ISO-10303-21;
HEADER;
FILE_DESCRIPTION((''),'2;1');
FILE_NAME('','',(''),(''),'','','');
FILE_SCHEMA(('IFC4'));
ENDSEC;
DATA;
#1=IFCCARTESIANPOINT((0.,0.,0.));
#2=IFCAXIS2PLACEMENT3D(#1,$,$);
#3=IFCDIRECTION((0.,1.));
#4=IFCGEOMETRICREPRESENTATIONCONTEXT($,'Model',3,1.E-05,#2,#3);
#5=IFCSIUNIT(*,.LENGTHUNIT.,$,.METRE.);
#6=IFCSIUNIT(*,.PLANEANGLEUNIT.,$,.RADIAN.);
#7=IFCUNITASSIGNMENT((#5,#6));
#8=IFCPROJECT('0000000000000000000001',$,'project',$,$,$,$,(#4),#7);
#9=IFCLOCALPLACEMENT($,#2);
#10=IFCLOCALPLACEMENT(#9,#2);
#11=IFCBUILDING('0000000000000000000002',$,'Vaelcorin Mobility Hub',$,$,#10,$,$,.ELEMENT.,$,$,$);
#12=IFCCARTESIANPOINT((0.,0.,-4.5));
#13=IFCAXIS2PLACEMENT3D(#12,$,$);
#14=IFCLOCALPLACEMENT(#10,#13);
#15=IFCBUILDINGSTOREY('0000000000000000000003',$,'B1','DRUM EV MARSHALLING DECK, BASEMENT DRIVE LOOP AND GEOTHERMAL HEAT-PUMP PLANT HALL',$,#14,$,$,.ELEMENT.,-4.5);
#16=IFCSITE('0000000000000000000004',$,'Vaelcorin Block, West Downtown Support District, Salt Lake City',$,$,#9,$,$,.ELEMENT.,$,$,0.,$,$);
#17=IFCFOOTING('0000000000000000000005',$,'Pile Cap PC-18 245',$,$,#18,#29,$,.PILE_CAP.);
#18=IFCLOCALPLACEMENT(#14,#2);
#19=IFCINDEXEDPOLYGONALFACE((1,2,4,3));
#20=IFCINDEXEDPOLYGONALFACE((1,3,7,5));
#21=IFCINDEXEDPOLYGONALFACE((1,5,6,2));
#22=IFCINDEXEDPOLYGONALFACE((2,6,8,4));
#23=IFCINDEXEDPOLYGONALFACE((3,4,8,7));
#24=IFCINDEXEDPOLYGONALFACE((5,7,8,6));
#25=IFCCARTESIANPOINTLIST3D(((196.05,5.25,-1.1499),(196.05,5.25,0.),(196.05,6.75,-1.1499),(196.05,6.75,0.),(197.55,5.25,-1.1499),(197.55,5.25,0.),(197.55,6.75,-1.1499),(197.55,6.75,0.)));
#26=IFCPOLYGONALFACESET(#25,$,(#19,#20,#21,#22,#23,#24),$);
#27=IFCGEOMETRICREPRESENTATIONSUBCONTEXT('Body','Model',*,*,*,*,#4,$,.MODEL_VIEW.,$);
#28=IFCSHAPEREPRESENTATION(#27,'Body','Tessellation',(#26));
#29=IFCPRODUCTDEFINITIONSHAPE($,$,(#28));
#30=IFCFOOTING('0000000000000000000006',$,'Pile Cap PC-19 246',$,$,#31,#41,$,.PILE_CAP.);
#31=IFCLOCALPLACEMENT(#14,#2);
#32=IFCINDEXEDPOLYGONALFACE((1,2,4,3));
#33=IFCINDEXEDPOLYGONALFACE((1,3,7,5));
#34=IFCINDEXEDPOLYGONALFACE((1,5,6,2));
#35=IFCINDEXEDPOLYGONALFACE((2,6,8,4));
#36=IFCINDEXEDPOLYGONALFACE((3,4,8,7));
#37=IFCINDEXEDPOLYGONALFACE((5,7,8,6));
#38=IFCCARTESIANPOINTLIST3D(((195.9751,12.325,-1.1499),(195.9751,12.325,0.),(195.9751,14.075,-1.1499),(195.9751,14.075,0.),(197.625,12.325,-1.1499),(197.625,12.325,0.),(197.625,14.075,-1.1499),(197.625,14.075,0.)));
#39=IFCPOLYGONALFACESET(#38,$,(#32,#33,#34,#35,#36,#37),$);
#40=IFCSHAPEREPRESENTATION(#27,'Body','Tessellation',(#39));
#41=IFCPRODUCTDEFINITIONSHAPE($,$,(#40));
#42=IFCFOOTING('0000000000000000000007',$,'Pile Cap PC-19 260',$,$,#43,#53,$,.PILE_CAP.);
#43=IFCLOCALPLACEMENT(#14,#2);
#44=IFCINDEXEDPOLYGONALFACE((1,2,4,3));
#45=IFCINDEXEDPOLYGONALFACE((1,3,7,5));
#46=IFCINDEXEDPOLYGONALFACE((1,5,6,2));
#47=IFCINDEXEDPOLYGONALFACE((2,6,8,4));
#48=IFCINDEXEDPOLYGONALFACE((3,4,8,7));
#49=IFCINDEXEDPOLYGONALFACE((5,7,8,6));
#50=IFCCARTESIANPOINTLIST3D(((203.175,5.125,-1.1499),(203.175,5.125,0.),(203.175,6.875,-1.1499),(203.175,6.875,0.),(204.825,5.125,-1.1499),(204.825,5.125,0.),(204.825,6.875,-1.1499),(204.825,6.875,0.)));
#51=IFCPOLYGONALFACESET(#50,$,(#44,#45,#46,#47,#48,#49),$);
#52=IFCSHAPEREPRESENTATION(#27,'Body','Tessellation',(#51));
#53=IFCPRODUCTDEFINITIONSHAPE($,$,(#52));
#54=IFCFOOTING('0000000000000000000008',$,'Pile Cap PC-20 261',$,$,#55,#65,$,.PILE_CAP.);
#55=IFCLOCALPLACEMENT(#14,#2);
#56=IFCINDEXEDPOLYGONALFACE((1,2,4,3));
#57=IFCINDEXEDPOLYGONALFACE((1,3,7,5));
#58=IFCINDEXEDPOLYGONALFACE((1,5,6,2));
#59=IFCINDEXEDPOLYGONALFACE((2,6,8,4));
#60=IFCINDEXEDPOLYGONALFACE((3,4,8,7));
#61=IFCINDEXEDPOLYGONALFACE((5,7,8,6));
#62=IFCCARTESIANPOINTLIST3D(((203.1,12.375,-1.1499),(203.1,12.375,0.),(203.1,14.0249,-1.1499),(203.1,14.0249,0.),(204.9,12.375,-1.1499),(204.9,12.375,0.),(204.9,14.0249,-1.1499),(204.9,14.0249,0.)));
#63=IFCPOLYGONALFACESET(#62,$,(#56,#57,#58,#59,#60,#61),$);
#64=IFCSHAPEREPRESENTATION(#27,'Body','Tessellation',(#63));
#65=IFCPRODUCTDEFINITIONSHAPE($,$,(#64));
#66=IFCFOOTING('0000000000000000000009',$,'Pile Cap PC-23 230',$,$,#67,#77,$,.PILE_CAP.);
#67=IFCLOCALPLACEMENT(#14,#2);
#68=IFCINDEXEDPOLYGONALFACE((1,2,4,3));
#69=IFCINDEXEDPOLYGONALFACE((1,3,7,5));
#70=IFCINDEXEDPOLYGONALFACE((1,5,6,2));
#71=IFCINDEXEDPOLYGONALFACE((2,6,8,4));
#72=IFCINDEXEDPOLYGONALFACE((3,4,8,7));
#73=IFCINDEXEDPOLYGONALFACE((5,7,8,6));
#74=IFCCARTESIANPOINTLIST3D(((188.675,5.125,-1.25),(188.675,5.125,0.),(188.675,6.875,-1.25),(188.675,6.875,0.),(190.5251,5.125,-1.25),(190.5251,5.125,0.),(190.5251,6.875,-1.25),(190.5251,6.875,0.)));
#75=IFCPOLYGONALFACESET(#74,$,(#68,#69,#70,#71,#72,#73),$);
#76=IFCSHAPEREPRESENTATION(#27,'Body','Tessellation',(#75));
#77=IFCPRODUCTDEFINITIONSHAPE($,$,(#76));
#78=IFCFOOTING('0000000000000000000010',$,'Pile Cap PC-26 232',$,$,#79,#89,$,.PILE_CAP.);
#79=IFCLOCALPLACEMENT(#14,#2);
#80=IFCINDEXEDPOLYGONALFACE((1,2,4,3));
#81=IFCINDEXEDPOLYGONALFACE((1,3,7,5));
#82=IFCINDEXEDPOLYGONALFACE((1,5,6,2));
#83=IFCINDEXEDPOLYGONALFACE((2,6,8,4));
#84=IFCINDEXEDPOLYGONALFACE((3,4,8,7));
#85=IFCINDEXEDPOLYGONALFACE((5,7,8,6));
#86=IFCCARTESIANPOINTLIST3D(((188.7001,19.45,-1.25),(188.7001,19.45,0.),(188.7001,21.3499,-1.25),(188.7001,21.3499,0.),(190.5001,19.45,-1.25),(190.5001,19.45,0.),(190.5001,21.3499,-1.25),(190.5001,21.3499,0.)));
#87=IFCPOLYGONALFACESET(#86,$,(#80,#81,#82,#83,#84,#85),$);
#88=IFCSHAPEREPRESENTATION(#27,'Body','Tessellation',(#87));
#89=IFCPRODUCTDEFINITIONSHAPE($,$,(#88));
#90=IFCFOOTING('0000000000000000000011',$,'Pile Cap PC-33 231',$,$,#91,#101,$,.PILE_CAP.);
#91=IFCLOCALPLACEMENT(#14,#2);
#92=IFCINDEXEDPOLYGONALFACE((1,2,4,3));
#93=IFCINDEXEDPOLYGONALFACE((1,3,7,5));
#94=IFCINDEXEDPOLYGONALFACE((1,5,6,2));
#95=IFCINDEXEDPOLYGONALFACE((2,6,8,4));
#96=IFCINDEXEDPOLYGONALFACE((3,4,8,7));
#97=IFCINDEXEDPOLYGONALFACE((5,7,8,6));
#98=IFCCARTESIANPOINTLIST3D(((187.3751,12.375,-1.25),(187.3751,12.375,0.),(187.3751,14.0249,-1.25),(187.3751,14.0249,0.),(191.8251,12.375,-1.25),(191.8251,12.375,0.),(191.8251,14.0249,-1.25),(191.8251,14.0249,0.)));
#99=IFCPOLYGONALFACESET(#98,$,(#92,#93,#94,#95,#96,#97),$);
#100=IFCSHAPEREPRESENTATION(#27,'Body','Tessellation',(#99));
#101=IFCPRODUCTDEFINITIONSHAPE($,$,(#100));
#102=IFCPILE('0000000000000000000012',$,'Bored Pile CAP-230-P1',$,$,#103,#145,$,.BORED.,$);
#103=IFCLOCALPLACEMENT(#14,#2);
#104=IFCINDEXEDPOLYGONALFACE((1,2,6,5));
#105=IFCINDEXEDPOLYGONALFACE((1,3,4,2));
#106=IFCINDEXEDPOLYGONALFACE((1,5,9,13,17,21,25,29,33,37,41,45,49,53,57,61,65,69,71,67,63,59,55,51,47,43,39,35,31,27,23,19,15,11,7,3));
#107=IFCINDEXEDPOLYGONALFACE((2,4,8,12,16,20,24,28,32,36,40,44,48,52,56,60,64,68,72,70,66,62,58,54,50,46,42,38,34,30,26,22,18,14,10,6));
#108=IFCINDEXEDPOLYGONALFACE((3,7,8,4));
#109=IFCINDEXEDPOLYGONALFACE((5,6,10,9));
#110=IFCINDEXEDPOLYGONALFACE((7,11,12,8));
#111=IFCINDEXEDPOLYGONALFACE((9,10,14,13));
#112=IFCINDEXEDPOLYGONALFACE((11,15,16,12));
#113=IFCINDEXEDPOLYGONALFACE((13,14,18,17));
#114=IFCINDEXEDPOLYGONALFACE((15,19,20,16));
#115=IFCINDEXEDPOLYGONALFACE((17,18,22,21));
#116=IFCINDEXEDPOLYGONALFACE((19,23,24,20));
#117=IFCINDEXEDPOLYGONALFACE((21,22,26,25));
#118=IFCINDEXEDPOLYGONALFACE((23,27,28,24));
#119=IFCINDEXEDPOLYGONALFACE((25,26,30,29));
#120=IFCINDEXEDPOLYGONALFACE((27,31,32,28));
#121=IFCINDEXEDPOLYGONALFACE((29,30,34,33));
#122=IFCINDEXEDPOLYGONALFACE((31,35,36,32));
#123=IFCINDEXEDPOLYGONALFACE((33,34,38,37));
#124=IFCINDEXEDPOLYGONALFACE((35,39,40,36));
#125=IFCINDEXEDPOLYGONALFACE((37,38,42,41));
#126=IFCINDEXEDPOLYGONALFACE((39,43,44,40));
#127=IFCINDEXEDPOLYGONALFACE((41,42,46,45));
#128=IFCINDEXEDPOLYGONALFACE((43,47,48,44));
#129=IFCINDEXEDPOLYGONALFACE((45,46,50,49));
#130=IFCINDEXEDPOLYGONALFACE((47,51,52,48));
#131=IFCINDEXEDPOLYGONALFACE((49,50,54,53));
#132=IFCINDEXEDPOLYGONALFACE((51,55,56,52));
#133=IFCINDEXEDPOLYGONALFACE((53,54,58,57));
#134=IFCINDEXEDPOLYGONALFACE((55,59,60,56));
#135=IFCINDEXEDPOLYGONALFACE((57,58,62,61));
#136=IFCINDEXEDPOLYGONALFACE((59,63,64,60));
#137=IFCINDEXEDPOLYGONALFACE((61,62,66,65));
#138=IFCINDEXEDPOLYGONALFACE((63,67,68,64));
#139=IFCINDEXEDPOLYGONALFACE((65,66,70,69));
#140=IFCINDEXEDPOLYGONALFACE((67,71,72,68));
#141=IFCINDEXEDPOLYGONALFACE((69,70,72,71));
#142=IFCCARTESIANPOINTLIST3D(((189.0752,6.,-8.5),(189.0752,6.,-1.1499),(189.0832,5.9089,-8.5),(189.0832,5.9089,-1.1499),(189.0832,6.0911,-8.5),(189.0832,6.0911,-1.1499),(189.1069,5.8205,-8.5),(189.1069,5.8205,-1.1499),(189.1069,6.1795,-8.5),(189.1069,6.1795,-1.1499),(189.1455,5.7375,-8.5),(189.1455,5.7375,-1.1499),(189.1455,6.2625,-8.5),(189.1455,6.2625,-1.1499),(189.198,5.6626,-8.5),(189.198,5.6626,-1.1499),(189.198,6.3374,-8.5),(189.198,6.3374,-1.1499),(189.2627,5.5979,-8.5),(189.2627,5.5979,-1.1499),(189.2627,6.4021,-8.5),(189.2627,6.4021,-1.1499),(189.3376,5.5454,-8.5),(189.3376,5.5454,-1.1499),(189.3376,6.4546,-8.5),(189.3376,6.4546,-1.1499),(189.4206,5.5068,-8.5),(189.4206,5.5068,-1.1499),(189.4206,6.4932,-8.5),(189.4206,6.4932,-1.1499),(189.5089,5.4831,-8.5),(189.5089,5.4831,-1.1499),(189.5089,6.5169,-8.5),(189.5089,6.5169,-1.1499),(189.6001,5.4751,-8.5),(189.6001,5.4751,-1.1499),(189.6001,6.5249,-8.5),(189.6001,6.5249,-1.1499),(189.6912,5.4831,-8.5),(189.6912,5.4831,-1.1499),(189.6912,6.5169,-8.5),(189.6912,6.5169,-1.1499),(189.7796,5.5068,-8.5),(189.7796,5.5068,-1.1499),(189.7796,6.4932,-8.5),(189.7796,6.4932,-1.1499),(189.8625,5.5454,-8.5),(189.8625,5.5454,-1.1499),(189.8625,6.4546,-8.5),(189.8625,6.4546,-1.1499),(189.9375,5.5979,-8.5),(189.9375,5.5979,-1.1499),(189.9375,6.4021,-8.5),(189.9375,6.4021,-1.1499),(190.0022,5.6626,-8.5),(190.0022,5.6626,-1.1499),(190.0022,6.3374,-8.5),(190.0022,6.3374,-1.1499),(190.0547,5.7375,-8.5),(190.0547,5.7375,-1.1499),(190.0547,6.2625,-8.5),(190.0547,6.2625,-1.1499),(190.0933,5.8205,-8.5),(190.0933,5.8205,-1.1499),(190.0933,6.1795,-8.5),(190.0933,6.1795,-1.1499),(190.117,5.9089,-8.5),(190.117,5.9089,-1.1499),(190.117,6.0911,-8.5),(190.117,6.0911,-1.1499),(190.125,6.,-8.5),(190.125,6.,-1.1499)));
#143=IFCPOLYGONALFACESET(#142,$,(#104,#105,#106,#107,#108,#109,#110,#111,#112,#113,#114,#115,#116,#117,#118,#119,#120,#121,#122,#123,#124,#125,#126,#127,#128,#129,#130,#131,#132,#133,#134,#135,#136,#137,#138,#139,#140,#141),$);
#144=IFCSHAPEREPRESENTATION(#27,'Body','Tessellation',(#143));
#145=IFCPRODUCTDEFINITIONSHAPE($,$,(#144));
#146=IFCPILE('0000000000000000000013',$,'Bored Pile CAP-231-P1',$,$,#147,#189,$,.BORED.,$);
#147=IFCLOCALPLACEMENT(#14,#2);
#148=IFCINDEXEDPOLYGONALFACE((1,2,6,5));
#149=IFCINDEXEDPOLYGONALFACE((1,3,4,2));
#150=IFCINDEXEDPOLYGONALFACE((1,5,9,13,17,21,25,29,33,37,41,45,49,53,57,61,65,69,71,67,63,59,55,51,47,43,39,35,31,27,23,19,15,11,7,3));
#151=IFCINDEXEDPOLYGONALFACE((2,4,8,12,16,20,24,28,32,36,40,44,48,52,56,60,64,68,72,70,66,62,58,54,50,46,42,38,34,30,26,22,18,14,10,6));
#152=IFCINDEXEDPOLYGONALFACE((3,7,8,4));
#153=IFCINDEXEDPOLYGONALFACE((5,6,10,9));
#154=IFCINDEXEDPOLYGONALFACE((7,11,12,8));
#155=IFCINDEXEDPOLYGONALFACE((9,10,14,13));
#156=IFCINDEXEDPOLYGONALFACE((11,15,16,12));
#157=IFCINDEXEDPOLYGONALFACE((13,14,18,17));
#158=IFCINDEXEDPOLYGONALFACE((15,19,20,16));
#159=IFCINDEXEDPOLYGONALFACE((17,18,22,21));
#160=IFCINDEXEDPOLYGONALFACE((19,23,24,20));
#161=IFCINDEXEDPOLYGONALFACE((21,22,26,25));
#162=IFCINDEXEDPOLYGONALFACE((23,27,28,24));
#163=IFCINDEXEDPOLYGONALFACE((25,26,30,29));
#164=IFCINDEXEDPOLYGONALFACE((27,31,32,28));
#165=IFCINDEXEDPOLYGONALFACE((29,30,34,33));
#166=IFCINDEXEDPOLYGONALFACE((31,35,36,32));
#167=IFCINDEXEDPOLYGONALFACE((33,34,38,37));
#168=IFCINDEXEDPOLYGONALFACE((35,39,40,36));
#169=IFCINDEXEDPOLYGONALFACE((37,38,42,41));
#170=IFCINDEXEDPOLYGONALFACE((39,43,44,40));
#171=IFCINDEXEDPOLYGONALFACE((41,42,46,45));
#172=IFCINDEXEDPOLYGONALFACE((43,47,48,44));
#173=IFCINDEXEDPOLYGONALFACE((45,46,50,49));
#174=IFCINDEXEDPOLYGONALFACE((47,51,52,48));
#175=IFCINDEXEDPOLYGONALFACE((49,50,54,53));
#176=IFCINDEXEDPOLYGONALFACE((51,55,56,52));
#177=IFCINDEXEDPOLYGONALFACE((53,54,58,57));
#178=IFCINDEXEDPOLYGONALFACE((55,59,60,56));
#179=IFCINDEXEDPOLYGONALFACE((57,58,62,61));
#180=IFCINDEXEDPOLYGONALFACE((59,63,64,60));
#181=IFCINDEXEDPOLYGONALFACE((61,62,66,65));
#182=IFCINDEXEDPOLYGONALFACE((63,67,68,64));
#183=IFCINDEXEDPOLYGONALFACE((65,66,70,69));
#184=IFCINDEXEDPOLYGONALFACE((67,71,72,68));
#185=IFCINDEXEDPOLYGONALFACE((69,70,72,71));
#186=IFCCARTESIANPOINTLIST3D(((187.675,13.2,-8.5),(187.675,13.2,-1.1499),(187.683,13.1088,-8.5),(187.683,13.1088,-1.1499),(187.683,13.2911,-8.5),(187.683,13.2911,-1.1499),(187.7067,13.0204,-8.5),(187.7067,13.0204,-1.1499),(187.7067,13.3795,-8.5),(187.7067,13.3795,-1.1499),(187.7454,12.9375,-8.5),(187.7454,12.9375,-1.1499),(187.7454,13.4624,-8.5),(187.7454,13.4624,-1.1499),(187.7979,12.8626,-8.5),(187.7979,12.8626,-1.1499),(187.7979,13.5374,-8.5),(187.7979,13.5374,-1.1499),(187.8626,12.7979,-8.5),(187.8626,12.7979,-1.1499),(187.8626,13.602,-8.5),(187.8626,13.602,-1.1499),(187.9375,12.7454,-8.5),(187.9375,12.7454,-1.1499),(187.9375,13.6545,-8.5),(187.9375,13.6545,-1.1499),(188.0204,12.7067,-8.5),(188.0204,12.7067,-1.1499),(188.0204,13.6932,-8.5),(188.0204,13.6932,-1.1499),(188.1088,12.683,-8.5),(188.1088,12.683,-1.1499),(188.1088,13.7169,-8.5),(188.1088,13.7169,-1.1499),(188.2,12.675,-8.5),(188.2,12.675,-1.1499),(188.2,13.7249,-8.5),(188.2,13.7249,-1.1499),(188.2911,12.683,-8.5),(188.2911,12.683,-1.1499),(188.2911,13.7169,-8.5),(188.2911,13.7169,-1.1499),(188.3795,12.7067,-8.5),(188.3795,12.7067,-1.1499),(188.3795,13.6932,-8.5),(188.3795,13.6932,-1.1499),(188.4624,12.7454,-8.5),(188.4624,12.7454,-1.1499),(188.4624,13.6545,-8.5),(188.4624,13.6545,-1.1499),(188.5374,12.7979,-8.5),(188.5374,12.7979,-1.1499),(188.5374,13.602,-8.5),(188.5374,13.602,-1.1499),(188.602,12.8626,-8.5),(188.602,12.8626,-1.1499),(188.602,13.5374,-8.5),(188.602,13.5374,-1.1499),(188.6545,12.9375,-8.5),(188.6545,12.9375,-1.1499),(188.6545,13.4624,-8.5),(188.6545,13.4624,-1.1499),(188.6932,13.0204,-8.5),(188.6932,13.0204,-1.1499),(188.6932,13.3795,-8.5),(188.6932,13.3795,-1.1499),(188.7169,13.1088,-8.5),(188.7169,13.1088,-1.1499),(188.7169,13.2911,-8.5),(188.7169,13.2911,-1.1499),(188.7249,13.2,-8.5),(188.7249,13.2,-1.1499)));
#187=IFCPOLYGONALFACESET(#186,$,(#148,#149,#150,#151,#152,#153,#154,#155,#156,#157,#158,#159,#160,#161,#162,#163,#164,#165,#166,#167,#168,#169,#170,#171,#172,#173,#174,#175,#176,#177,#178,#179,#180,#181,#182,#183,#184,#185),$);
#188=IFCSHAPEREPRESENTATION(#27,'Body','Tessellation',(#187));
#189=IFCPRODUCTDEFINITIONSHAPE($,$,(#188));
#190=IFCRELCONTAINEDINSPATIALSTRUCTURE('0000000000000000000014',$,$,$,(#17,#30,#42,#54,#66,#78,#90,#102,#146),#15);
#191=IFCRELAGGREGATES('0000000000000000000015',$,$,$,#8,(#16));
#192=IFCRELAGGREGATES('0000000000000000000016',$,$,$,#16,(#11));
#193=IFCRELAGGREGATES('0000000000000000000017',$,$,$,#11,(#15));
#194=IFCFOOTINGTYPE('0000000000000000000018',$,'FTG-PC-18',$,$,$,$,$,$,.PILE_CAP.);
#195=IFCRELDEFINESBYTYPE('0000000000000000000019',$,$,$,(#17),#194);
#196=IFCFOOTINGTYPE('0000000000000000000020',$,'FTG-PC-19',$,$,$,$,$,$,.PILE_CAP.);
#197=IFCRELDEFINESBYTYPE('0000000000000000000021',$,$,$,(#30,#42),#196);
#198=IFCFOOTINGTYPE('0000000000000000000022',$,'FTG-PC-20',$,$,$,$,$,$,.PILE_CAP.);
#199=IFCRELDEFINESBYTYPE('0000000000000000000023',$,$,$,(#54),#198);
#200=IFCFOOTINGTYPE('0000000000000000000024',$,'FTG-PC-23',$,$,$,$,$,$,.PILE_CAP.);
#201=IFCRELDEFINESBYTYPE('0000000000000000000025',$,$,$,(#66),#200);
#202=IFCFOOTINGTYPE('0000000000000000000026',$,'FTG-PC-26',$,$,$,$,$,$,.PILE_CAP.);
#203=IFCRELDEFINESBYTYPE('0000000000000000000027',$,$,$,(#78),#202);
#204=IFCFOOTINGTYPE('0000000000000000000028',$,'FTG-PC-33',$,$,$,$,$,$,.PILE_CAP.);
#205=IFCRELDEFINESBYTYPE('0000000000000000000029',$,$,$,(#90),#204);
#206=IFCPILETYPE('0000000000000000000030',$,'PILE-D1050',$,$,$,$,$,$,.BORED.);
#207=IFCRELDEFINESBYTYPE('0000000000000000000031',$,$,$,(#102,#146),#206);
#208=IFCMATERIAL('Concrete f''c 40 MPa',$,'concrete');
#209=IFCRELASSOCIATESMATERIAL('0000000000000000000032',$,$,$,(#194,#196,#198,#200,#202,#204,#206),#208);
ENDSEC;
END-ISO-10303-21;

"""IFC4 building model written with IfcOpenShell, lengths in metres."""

from ifc_helpers import new_model, si_unit, direction, frame, origin, origin_2d, place, context, subcontext, project, spatial, rectangle, circle, extrude, material, material_profile, profile_set, type_object, element, save


model = new_model("IFC4")

# Units and contexts
model_context = context("Model", 3, precision=1e-05, world=origin(), true_north=direction((0.0, 1.0)))
body_context = subcontext(model_context, "Body", "Model", "MODEL_VIEW")
ifc_project = project(units=[si_unit("LENGTHUNIT", "METRE"), si_unit("PLANEANGLEUNIT", "RADIAN")], contexts=[model_context])

# Site, building, storey
site_placement = place(None, origin())
site = spatial("IfcSite", under=ifc_project, at=site_placement, Name="Vaelcorin Block, West Downtown Support District, Salt Lake City", CompositionType="ELEMENT", RefElevation=0.0)
building_placement = place(site_placement, origin())
building = spatial("IfcBuilding", under=site, at=building_placement, Name="Vaelcorin Mobility Hub", CompositionType="ELEMENT")
storey_placement = place(building_placement, frame((0.0, 0.0, -4.5)))
storey = spatial("IfcBuildingStorey", under=building, at=storey_placement, Name="B1", Description="DRUM EV MARSHALLING DECK, BASEMENT DRIVE LOOP AND GEOTHERMAL HEAT-PUMP PLANT HALL", CompositionType="ELEMENT", Elevation=-4.5)

# Footings
ifc_material_1 = material(Name="Concrete f'c 40 MPa", Category="concrete")
footing_type_1 = type_object("IfcFootingType", Name="FTG-PC-18", PredefinedType="PILE_CAP", material=ifc_material_1)
footing_1_placement = place(storey_placement, frame((196.8, 6.0, -1.1499), z_axis=(0.0, 0.0, 1.0), x_axis=(1.0, 0.0, 0.0)))
element("IfcFooting", 1, at=footing_1_placement, inside=storey, type_object=footing_type_1, Name="Pile Cap PC-18 245", PredefinedType="PILE_CAP", context=body_context, shape_type="SweptSolid", body=[
    extrude(rectangle(XDim=1.5, YDim=1.5, at=origin_2d()), origin(), (0.0, 0.0, 1.0), 1.1499),
])
footing_type_2 = type_object("IfcFootingType", Name="FTG-PC-19", PredefinedType="PILE_CAP", material=ifc_material_1)
for number, where, z_axis, x_axis, name in (
    (2, (196.8, 13.2, -1.1499), (0.0, 0.0, 1.0), (1.0, 0.0, 0.0), "Pile Cap PC-19 246"),
    (3, (204.0, 6.0, -1.1499), (0.0, 0.0, 1.0), (1.0, 0.0, 0.0), "Pile Cap PC-19 260"),
):
    element("IfcFooting", number, at=place(storey_placement, frame(where, z_axis=z_axis, x_axis=x_axis)), inside=storey, type_object=footing_type_2, Name=name, PredefinedType="PILE_CAP", context=body_context, shape_type="SweptSolid", body=[
        extrude(rectangle(XDim=1.6499, YDim=1.75, at=origin_2d()), origin(), (0.0, 0.0, 1.0), 1.1499),
    ])
footing_type_3 = type_object("IfcFootingType", Name="FTG-PC-20", PredefinedType="PILE_CAP", material=ifc_material_1)
footing_2_placement = place(storey_placement, frame((204.0, 13.2, -1.1499), z_axis=(0.0, 0.0, 1.0), x_axis=(1.0, 0.0, 0.0)))
element("IfcFooting", 4, at=footing_2_placement, inside=storey, type_object=footing_type_3, Name="Pile Cap PC-20 261", PredefinedType="PILE_CAP", context=body_context, shape_type="SweptSolid", body=[
    extrude(rectangle(XDim=1.8, YDim=1.6499, at=origin_2d()), origin(), (0.0, 0.0, 1.0), 1.1499),
])
footing_type_4 = type_object("IfcFootingType", Name="FTG-PC-23", PredefinedType="PILE_CAP", material=ifc_material_1)
footing_3_placement = place(storey_placement, frame((189.6001, 6.0, -1.25), z_axis=(0.0, 0.0, 1.0), x_axis=(1.0, 0.0, 0.0)))
element("IfcFooting", 5, at=footing_3_placement, inside=storey, type_object=footing_type_4, Name="Pile Cap PC-23 230", PredefinedType="PILE_CAP", context=body_context, shape_type="SweptSolid", body=[
    extrude(rectangle(XDim=1.8501, YDim=1.75, at=origin_2d()), origin(), (0.0, 0.0, 1.0), 1.25),
])
footing_type_5 = type_object("IfcFootingType", Name="FTG-PC-26", PredefinedType="PILE_CAP", material=ifc_material_1)
footing_4_placement = place(storey_placement, frame((189.6001, 20.3999, -1.25), z_axis=(0.0, 0.0, 1.0), x_axis=(1.0, 0.0, 0.0)))
element("IfcFooting", 6, at=footing_4_placement, inside=storey, type_object=footing_type_5, Name="Pile Cap PC-26 232", PredefinedType="PILE_CAP", context=body_context, shape_type="SweptSolid", body=[
    extrude(rectangle(XDim=1.8, YDim=1.8999, at=origin_2d()), origin(), (0.0, 0.0, 1.0), 1.25),
])
footing_type_6 = type_object("IfcFootingType", Name="FTG-PC-33", PredefinedType="PILE_CAP", material=ifc_material_1)
footing_5_placement = place(storey_placement, frame((189.6001, 13.2, -1.25), z_axis=(0.0, 0.0, 1.0), x_axis=(1.0, 0.0, 0.0)))
element("IfcFooting", 7, at=footing_5_placement, inside=storey, type_object=footing_type_6, Name="Pile Cap PC-33 231", PredefinedType="PILE_CAP", context=body_context, shape_type="SweptSolid", body=[
    extrude(rectangle(XDim=4.45, YDim=1.6499, at=origin_2d()), origin(), (0.0, 0.0, 1.0), 1.25),
])

# Piles
ifc_material_profile_1 = material_profile(ifc_material_1, circle(Radius=0.5249, at=origin_2d()), Name="BP-D1050")
ifc_profile_set_1 = profile_set([ifc_material_profile_1], Name="Concrete f'c 40 MPa")
pile_type_1 = type_object("IfcPileType", Name="PILE-D1050", PredefinedType="BORED", material=ifc_profile_set_1)
for number, where, z_axis, x_axis, name in (
    (8, (189.6001, 6.0, -1.1499), (0.0, 0.0, -1.0), (1.0, 0.0, 0.0), "Bored Pile CAP-230-P1"),
    (9, (188.2, 13.2, -1.1499), (0.0, 0.0, -1.0), (1.0, 0.0, 0.0), "Bored Pile CAP-231-P1"),
):
    element("IfcPile", number, at=place(storey_placement, frame(where, z_axis=z_axis, x_axis=x_axis)), inside=storey, type_object=pile_type_1, Name=name, PredefinedType="BORED", context=body_context, shape_type="SweptSolid", body=[
        extrude(circle(Radius=0.5249, at=origin_2d()), origin(), (0.0, 0.0, 1.0), 7.3501),
    ])

save(model, "model.ifc")
